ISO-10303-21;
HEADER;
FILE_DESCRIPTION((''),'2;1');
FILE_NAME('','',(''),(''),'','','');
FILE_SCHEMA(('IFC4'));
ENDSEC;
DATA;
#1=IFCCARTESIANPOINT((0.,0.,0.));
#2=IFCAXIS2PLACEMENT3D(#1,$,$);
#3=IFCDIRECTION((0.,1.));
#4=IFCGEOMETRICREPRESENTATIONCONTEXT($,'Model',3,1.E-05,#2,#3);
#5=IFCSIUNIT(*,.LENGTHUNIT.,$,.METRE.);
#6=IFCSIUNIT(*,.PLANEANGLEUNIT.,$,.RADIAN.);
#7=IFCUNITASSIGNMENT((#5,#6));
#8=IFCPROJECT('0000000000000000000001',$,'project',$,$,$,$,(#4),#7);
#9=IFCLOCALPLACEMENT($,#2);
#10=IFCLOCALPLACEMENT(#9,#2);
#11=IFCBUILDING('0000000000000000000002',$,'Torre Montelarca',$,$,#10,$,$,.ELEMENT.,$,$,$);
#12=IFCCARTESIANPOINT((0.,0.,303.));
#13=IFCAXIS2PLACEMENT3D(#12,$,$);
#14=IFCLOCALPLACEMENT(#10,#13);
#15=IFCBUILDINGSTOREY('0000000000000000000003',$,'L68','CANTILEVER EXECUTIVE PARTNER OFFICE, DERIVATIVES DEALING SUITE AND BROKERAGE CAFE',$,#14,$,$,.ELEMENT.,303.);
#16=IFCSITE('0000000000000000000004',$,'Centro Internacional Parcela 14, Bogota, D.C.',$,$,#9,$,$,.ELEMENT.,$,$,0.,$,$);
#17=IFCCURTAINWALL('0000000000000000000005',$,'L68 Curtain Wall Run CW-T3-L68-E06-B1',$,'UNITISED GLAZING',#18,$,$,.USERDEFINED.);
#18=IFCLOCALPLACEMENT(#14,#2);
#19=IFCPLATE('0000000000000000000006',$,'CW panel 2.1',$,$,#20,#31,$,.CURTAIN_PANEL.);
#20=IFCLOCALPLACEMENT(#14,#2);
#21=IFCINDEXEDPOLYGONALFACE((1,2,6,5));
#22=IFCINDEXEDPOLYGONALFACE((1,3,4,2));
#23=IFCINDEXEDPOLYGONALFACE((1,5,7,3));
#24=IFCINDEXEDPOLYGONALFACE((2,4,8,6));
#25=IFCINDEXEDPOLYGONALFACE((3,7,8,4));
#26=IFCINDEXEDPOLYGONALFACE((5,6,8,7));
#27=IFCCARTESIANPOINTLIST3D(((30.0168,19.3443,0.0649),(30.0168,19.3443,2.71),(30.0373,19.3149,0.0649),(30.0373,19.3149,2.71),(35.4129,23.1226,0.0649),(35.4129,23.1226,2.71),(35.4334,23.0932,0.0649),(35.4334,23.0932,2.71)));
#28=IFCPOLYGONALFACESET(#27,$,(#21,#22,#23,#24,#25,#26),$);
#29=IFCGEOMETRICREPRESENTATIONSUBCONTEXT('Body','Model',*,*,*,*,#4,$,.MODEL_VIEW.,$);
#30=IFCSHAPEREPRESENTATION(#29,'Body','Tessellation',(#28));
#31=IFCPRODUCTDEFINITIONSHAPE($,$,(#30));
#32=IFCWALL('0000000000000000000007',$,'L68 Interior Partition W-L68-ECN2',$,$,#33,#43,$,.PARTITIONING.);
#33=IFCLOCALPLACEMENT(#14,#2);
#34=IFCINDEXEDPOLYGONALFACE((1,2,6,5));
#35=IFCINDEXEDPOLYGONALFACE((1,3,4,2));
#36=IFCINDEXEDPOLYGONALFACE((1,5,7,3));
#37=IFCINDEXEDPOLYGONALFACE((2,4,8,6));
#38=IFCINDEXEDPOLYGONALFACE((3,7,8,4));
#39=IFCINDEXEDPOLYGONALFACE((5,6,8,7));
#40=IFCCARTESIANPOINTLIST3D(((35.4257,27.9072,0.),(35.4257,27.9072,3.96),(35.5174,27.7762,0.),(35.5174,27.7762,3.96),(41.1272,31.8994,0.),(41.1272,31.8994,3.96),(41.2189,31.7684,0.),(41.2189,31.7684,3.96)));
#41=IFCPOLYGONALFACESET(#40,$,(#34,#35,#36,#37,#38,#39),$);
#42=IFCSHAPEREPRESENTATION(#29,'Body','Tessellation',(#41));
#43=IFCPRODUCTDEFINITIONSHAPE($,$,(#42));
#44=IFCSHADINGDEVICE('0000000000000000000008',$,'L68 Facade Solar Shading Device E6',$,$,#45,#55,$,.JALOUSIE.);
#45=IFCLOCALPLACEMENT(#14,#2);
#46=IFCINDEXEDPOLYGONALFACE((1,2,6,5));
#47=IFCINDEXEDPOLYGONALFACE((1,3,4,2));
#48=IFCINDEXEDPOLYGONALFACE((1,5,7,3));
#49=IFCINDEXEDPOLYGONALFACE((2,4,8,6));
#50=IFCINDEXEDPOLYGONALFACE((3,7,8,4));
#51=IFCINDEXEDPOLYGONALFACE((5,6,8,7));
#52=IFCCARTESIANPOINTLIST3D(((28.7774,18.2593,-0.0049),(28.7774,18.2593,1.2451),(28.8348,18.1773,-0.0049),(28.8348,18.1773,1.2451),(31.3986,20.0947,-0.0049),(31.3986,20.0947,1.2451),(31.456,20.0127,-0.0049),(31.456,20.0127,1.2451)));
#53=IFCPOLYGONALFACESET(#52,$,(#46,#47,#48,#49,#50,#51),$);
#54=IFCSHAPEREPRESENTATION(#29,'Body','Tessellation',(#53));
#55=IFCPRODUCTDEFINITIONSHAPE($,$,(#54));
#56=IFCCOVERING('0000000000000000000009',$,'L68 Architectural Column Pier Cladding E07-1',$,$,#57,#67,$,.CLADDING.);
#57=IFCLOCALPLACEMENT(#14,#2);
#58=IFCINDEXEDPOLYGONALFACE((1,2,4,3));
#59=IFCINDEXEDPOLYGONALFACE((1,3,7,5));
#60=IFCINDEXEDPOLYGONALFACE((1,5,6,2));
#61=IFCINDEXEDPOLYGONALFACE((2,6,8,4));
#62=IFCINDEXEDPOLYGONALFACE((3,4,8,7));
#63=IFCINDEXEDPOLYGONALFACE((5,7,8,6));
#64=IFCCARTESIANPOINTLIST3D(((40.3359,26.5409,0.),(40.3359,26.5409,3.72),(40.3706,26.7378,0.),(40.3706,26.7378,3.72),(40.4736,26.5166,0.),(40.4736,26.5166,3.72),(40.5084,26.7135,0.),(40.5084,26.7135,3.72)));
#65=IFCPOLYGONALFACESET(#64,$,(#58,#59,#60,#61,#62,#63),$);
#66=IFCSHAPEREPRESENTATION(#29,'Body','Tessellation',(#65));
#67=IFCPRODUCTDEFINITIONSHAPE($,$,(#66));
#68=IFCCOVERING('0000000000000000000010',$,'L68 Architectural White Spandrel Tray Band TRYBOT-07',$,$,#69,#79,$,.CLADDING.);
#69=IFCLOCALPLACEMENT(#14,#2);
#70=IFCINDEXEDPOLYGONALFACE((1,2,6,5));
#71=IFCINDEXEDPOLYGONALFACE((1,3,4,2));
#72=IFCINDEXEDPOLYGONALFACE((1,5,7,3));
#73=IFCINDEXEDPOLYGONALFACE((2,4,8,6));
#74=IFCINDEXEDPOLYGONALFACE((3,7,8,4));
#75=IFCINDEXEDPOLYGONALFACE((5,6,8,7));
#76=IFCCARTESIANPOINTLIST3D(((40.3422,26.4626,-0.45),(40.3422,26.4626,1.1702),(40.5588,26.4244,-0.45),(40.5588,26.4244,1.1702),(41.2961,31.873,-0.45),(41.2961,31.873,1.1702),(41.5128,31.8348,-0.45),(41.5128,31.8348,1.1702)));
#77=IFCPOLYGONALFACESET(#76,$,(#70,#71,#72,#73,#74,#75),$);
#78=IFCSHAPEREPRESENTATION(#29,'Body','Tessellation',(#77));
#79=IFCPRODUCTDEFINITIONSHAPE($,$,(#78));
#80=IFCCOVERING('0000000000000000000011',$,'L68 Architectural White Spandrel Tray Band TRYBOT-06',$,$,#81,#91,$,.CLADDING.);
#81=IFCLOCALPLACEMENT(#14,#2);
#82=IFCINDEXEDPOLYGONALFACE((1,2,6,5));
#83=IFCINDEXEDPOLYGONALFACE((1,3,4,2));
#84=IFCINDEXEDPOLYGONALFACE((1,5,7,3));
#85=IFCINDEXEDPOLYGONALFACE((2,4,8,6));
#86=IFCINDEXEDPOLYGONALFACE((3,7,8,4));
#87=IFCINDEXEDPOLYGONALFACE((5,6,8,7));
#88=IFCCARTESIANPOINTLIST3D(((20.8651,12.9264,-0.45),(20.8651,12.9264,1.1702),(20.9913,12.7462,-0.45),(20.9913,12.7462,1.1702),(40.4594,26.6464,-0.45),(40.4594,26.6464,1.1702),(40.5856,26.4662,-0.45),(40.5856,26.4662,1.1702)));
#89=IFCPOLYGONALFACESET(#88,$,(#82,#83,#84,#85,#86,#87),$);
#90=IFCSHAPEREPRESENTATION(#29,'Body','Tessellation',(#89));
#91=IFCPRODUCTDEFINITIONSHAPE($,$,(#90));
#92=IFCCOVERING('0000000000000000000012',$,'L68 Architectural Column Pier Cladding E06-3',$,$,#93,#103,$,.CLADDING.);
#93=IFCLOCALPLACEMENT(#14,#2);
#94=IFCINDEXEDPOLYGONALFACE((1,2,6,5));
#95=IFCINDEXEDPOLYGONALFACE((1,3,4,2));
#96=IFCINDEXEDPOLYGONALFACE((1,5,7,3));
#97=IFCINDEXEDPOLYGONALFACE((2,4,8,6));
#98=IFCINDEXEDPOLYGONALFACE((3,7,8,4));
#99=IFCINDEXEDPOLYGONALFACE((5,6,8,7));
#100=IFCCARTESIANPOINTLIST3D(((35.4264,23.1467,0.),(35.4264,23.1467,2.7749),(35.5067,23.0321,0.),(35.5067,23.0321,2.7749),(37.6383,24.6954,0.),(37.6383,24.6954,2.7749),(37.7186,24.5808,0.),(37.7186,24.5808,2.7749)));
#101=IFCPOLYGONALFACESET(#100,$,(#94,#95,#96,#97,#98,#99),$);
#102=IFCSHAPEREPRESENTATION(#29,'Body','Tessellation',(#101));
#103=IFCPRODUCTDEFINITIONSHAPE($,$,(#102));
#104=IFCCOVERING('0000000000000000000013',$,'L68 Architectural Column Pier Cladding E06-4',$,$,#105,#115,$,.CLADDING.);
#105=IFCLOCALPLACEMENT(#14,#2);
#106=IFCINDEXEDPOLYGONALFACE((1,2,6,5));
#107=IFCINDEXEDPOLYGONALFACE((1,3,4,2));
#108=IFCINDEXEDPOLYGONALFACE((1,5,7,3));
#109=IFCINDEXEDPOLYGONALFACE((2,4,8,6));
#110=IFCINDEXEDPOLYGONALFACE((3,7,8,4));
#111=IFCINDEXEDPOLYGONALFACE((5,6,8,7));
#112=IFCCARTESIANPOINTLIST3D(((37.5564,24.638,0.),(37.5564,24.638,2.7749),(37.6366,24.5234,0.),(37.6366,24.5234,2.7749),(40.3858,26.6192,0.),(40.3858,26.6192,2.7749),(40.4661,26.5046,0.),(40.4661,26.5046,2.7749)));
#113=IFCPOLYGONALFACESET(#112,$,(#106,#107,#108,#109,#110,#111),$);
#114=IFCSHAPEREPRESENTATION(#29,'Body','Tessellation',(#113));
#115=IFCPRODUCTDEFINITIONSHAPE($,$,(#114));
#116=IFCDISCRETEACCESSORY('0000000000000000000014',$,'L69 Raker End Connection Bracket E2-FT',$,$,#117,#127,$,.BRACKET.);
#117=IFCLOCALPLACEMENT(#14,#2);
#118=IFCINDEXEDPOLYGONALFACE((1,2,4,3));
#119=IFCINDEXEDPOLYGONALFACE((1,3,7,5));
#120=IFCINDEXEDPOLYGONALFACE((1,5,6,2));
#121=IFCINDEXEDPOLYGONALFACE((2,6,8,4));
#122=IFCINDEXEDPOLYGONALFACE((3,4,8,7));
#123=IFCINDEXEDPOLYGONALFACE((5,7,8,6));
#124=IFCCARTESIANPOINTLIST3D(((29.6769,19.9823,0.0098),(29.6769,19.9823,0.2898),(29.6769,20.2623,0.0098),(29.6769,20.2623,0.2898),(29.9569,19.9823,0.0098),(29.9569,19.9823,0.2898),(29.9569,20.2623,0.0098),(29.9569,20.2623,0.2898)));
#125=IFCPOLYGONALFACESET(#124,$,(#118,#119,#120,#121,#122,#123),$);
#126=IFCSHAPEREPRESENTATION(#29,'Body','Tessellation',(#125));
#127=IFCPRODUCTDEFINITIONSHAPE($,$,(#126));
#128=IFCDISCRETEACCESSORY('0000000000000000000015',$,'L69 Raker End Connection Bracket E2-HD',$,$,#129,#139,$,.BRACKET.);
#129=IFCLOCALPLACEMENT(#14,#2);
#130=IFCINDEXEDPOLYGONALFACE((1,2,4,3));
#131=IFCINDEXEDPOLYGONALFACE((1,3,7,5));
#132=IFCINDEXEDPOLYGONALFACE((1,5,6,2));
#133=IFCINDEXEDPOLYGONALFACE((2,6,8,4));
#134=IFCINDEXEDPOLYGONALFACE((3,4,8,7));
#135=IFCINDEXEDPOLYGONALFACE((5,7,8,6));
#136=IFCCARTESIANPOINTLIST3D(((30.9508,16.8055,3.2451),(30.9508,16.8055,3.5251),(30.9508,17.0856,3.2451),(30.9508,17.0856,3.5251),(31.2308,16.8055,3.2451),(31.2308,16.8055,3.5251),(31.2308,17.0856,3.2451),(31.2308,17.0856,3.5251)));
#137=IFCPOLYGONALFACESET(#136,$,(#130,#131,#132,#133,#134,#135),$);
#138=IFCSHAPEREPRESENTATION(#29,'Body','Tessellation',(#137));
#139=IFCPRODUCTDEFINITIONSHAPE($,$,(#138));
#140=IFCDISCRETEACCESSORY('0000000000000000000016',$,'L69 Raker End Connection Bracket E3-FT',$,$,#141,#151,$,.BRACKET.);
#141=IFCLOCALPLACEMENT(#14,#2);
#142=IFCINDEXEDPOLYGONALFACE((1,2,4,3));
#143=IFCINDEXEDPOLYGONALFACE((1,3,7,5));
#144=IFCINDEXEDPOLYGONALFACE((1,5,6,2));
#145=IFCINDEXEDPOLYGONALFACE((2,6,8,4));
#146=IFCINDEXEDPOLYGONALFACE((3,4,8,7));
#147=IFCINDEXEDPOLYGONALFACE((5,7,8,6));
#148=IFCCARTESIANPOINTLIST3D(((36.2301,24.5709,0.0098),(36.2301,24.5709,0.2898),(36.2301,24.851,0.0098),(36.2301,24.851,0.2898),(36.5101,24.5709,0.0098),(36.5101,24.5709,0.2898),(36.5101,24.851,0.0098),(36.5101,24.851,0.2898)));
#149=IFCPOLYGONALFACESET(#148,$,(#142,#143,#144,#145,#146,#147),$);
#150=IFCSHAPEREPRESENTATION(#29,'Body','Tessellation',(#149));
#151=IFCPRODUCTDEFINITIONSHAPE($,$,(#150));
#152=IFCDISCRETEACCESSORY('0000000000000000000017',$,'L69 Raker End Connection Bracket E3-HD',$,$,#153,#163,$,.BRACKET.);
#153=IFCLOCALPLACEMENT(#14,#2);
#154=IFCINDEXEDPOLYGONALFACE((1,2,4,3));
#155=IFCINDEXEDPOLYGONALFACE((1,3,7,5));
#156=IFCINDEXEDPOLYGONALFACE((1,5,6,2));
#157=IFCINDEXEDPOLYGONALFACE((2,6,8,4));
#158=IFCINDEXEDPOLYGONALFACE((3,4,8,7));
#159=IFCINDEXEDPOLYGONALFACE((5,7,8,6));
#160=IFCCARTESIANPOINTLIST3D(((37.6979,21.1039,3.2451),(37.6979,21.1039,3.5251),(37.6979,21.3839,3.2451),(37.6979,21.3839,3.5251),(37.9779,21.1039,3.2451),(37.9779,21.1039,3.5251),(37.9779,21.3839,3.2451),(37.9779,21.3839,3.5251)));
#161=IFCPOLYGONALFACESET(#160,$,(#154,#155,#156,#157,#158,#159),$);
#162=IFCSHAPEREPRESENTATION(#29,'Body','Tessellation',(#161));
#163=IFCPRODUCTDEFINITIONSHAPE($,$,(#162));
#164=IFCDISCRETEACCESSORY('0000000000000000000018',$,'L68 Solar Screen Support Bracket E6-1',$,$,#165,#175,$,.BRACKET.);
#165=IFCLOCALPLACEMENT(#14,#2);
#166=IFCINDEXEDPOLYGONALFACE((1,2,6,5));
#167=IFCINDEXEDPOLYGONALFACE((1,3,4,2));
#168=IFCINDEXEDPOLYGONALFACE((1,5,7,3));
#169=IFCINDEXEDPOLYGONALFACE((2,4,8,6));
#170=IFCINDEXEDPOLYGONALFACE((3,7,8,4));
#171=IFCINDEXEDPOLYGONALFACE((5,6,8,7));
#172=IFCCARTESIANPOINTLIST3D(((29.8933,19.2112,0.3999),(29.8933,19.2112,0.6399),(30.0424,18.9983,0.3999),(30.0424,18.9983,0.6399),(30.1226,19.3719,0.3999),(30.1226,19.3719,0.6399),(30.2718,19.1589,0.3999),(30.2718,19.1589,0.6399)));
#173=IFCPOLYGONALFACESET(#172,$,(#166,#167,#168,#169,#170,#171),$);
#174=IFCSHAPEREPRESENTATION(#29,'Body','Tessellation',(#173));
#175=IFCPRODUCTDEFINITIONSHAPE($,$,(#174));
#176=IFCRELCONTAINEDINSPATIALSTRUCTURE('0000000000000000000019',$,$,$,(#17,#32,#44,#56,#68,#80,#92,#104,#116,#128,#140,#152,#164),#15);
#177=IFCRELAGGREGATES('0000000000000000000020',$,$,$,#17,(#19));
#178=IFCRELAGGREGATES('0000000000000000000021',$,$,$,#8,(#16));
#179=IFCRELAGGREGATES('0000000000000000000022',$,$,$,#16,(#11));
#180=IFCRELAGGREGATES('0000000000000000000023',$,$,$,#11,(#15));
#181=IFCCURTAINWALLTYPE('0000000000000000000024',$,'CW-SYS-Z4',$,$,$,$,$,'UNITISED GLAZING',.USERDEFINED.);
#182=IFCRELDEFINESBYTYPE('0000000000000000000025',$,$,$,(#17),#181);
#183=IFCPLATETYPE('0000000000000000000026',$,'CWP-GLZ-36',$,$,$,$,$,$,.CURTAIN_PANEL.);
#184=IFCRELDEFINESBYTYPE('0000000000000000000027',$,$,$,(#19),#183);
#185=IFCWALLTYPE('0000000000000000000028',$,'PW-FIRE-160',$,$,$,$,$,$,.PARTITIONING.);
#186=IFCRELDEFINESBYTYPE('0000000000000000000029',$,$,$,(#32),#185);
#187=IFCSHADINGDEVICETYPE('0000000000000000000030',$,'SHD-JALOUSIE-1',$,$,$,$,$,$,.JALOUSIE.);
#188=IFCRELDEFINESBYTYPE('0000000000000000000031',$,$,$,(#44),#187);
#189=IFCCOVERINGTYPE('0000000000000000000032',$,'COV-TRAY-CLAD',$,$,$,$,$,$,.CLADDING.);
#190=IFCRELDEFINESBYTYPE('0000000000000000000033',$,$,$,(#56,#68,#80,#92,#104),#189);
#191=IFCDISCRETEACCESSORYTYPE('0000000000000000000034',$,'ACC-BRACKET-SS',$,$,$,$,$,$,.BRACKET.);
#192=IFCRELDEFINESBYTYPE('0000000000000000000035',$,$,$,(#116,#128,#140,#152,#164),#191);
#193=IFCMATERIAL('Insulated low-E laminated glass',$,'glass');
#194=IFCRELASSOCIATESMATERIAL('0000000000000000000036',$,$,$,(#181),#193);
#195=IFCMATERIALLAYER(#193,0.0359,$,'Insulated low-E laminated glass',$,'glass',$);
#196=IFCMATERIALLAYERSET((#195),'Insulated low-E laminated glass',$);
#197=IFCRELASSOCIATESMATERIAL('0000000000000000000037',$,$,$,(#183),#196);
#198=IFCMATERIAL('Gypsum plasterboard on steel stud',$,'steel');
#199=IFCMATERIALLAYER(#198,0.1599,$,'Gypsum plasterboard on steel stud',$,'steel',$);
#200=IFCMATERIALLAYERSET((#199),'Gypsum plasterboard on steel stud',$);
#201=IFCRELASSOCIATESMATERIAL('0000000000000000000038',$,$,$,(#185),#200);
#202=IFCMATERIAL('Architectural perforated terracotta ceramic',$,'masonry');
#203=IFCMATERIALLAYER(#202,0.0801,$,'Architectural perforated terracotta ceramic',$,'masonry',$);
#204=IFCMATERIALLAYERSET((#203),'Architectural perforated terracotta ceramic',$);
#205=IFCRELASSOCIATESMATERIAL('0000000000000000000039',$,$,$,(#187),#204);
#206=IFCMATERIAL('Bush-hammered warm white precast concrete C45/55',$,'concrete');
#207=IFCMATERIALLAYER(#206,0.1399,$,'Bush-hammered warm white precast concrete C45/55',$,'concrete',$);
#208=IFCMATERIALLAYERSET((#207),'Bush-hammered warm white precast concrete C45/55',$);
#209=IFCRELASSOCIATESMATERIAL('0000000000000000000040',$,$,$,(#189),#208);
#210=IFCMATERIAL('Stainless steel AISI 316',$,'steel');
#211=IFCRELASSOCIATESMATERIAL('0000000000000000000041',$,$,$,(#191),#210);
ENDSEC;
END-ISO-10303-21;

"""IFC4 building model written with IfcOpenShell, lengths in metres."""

from ifc_helpers import new_model, si_unit, direction, frame, frame_2d, origin, origin_2d, place, context, subcontext, project, spatial, rectangle, extrude, source, transform, mapped, material, layer, layer_set, type_object, element, aggregate, save


model = new_model("IFC4")

# Units and contexts
model_context = context("Model", 3, precision=1e-05, world=origin(), true_north=direction((0.0, 1.0)))
body_context = subcontext(model_context, "Body", "Model", "MODEL_VIEW")
ifc_project = project(units=[si_unit("LENGTHUNIT", "METRE"), si_unit("PLANEANGLEUNIT", "RADIAN")], contexts=[model_context])

# Site, building, storey
site_placement = place(None, origin())
site = spatial("IfcSite", under=ifc_project, at=site_placement, Name="Centro Internacional Parcela 14, Bogota, D.C.", CompositionType="ELEMENT", RefElevation=0.0)
building_placement = place(site_placement, origin())
building = spatial("IfcBuilding", under=site, at=building_placement, Name="Torre Montelarca", CompositionType="ELEMENT")
storey_placement = place(building_placement, frame((0.0, 0.0, 303.0)))
storey = spatial("IfcBuildingStorey", under=building, at=storey_placement, Name="L68", Description="CANTILEVER EXECUTIVE PARTNER OFFICE, DERIVATIVES DEALING SUITE AND BROKERAGE CAFE", CompositionType="ELEMENT", Elevation=303.0)

# Curtain wall
ifc_material_1 = material(Name="Insulated low-E laminated glass", Category="glass")
curtain_wall_type = type_object("IfcCurtainWallType", Name="CW-SYS-Z4", ElementType="UNITISED GLAZING", PredefinedType="USERDEFINED", material=ifc_material_1)
curtain_wall_1_placement = place(storey_placement, origin())
curtain_wall_1 = element("IfcCurtainWall", 1, at=curtain_wall_1_placement, inside=storey, type_object=curtain_wall_type, Name="L68 Curtain Wall Run CW-T3-L68-E06-B1", ObjectType="UNITISED GLAZING", PredefinedType="USERDEFINED")

# Plate
ifc_material_2 = material(Name="Architectural perforated terracotta ceramic", Category="masonry")
ifc_layer_1 = layer(ifc_material_1, 0.0359, Name="Insulated low-E laminated glass", Category="glass")
ifc_layer_set_1 = layer_set([ifc_layer_1], Name="Insulated low-E laminated glass")
plate_type_1 = type_object("IfcPlateType", Name="CWP-GLZ-36", PredefinedType="CURTAIN_PANEL", material=ifc_layer_set_1)
shared_shape_1 = source(origin(), body_context, "Body", "SweptSolid", [
    extrude(rectangle(XDim=6.5874, YDim=0.0359, at=origin_2d()), origin(), (0.0, 0.0, 1.0), 2.645),
])
plate_1_placement = place(storey_placement, frame((32.7251, 21.2188, 0.0649), z_axis=(0.0, 0.0, 1.0), x_axis=(0.819155, 0.573572, 0.0)))
plate_1 = element("IfcPlate", 2, at=plate_1_placement, type_object=plate_type_1, Name="CW panel 2.1", PredefinedType="CURTAIN_PANEL", context=body_context, shape_type="MappedRepresentation", body=[
    mapped(shared_shape_1, transform((0.0, 0.0, 0.0), scale=1.0)),
])
aggregate(curtain_wall_1, [plate_1])

# Wall
ifc_material_3 = material(Name="Gypsum plasterboard on steel stud", Category="steel")
ifc_layer_2 = layer(ifc_material_3, 0.1599, Name="Gypsum plasterboard on steel stud", Category="steel")
ifc_layer_set_2 = layer_set([ifc_layer_2], Name="Gypsum plasterboard on steel stud")
wall_type = type_object("IfcWallType", Name="PW-FIRE-160", PredefinedType="PARTITIONING", material=ifc_layer_set_2)
wall_placement = place(storey_placement, frame((35.4717, 27.8418, 0.0), z_axis=(0.0, 0.0, 1.0), x_axis=(0.819151, 0.573578, 0.0)))
element("IfcWall", 3, at=wall_placement, inside=storey, type_object=wall_type, Name="L68 Interior Partition W-L68-ECN2", PredefinedType="PARTITIONING", context=body_context, shape_type="SweptSolid", body=[
    extrude(rectangle(XDim=6.9602, YDim=0.1599, at=frame_2d((3.48, 0.0))), origin(), (0.0, 0.0, 1.0), 3.96),
])

# Shading device
ifc_layer_3 = layer(ifc_material_2, 0.0801, Name="Architectural perforated terracotta ceramic", Category="masonry")
ifc_layer_set_3 = layer_set([ifc_layer_3], Name="Architectural perforated terracotta ceramic")
shading_device_type = type_object("IfcShadingDeviceType", Name="SHD-JALOUSIE-1", PredefinedType="JALOUSIE", material=ifc_layer_set_3)
shared_shape_2 = source(origin(), body_context, "Body", "SweptSolid", [
    extrude(rectangle(XDim=3.2, YDim=0.1001, at=origin_2d()), origin(), (0.0, 0.0, 1.0), 1.25),
])
shading_device_placement = place(storey_placement, frame((30.1167, 19.136, -0.0049), z_axis=(0.0, 0.0, 1.0), x_axis=(0.819154, 0.573574, 0.0)))
element("IfcShadingDevice", 4, at=shading_device_placement, inside=storey, type_object=shading_device_type, Name="L68 Facade Solar Shading Device E6", PredefinedType="JALOUSIE", context=body_context, shape_type="MappedRepresentation", body=[
    mapped(shared_shape_2, transform((0.0, 0.0, 0.0), scale=1.0)),
])

# Coverings
ifc_material_4 = material(Name="Bush-hammered warm white precast concrete C45/55", Category="concrete")
ifc_layer_4 = layer(ifc_material_4, 0.1399, Name="Bush-hammered warm white precast concrete C45/55", Category="concrete")
ifc_layer_set_4 = layer_set([ifc_layer_4], Name="Bush-hammered warm white precast concrete C45/55")
covering_type = type_object("IfcCoveringType", Name="COV-TRAY-CLAD", PredefinedType="CLADDING", material=ifc_layer_set_4)
shared_shape_3 = source(origin(), body_context, "Body", "SweptSolid", [
    extrude(rectangle(XDim=0.2, YDim=0.1399, at=origin_2d()), origin(), (0.0, 0.0, 1.0), 3.72),
])
covering_1_placement = place(storey_placement, frame((40.4221, 26.6272, 0.0), z_axis=(0.0, 0.0, 1.0), x_axis=(0.173626, 0.984812, 0.0)))
element("IfcCovering", 5, at=covering_1_placement, inside=storey, type_object=covering_type, Name="L68 Architectural Column Pier Cladding E07-1", PredefinedType="CLADDING", context=body_context, shape_type="MappedRepresentation", body=[
    mapped(shared_shape_3, transform((0.0, 0.0, 0.0), scale=1.0)),
])
shared_shape_4 = source(origin(), body_context, "Body", "SweptSolid", [
    extrude(rectangle(XDim=5.4939, YDim=0.22, at=origin_2d()), origin(), (0.0, 0.0, 1.0), 1.6201),
])
covering_2_placement = place(storey_placement, frame((40.9275, 29.1487, -0.45), z_axis=(0.0, 0.0, 1.0), x_axis=(0.173631, 0.984811, 0.0)))
element("IfcCovering", 6, at=covering_2_placement, inside=storey, type_object=covering_type, Name="L68 Architectural White Spandrel Tray Band TRYBOT-07", PredefinedType="CLADDING", context=body_context, shape_type="MappedRepresentation", body=[
    mapped(shared_shape_4, transform((0.0, 0.0, 0.0), scale=1.0)),
])
shared_shape_5 = source(origin(), body_context, "Body", "SweptSolid", [
    extrude(rectangle(XDim=23.9202, YDim=0.22, at=origin_2d()), origin(), (0.0, 0.0, 1.0), 1.6201),
])
covering_3_placement = place(storey_placement, frame((30.7253, 19.6963, -0.45), z_axis=(0.0, 0.0, 1.0), x_axis=(0.819154, 0.573574, 0.0)))
element("IfcCovering", 7, at=covering_3_placement, inside=storey, type_object=covering_type, Name="L68 Architectural White Spandrel Tray Band TRYBOT-06", PredefinedType="CLADDING", context=body_context, shape_type="MappedRepresentation", body=[
    mapped(shared_shape_5, transform((0.0, 0.0, 0.0), scale=1.0)),
])
shared_shape_6 = source(origin(), body_context, "Body", "SweptSolid", [
    extrude(rectangle(XDim=2.7002, YDim=0.1399, at=origin_2d()), origin(), (0.0, 0.0, 1.0), 2.7749),
])
covering_4_placement = place(storey_placement, frame((36.5725, 23.8638, 0.0), z_axis=(0.0, 0.0, 1.0), x_axis=(0.819156, 0.573571, 0.0)))
element("IfcCovering", 8, at=covering_4_placement, inside=storey, type_object=covering_type, Name="L68 Architectural Column Pier Cladding E06-3", PredefinedType="CLADDING", context=body_context, shape_type="MappedRepresentation", body=[
    mapped(shared_shape_6, transform((0.0, 0.0, 0.0), scale=1.0)),
])
shared_shape_7 = source(origin(), body_context, "Body", "SweptSolid", [
    extrude(rectangle(XDim=3.4541, YDim=0.1399, at=origin_2d()), origin(), (0.0, 0.0, 1.0), 2.7749),
])
covering_5_placement = place(storey_placement, frame((39.0112, 25.5713, 0.0), z_axis=(0.0, 0.0, 1.0), x_axis=(0.819156, 0.573571, 0.0)))
element("IfcCovering", 9, at=covering_5_placement, inside=storey, type_object=covering_type, Name="L68 Architectural Column Pier Cladding E06-4", PredefinedType="CLADDING", context=body_context, shape_type="MappedRepresentation", body=[
    mapped(shared_shape_7, transform((0.0, 0.0, 0.0), scale=1.0)),
])

# Discrete accessories
ifc_material_5 = material(Name="Stainless steel AISI 316", Category="steel")
discrete_accessory_type = type_object("IfcDiscreteAccessoryType", Name="ACC-BRACKET-SS", PredefinedType="BRACKET", material=ifc_material_5)
shared_shape_8 = source(origin(), body_context, "Body", "SweptSolid", [
    extrude(rectangle(XDim=0.28, YDim=0.28, at=origin_2d()), origin(), (0.0, 0.0, 1.0), 0.28),
])
for number, where, z_axis, x_axis, name in (
    (10, (29.8169, 20.1223, 0.0098), (0.0, 0.0, 1.0), (1.0, 0.0, 0.0), "L69 Raker End Connection Bracket E2-FT"),
    (11, (31.0908, 16.9456, 3.2451), (0.0, 0.0, 1.0), (1.0, 0.0, 0.0), "L69 Raker End Connection Bracket E2-HD"),
    (12, (36.3701, 24.7109, 0.0098), (0.0, 0.0, 1.0), (1.0, 0.0, 0.0), "L69 Raker End Connection Bracket E3-FT"),
    (13, (37.8379, 21.2439, 3.2451), (0.0, 0.0, 1.0), (1.0, 0.0, 0.0), "L69 Raker End Connection Bracket E3-HD"),
):
    element("IfcDiscreteAccessory", number, at=place(storey_placement, frame(where, z_axis=z_axis, x_axis=x_axis)), inside=storey, type_object=discrete_accessory_type, Name=name, PredefinedType="BRACKET", context=body_context, shape_type="MappedRepresentation", body=[
        mapped(shared_shape_8, transform((0.0, 0.0, 0.0), scale=1.0)),
    ])
shared_shape_9 = source(origin(), body_context, "Body", "SweptSolid", [
    extrude(rectangle(XDim=0.28, YDim=0.26, at=origin_2d()), origin(), (0.0, 0.0, 1.0), 0.24),
])
discrete_accessory_placement = place(storey_placement, frame((30.0825, 19.1851, 0.3999), z_axis=(0.0, 0.0, 1.0), x_axis=(0.819154, 0.573574, 0.0)))
element("IfcDiscreteAccessory", 14, at=discrete_accessory_placement, inside=storey, type_object=discrete_accessory_type, Name="L68 Solar Screen Support Bracket E6-1", PredefinedType="BRACKET", context=body_context, shape_type="MappedRepresentation", body=[
    mapped(shared_shape_9, transform((0.0, 0.0, 0.0), scale=1.0)),
])

save(model, "model.ifc")
